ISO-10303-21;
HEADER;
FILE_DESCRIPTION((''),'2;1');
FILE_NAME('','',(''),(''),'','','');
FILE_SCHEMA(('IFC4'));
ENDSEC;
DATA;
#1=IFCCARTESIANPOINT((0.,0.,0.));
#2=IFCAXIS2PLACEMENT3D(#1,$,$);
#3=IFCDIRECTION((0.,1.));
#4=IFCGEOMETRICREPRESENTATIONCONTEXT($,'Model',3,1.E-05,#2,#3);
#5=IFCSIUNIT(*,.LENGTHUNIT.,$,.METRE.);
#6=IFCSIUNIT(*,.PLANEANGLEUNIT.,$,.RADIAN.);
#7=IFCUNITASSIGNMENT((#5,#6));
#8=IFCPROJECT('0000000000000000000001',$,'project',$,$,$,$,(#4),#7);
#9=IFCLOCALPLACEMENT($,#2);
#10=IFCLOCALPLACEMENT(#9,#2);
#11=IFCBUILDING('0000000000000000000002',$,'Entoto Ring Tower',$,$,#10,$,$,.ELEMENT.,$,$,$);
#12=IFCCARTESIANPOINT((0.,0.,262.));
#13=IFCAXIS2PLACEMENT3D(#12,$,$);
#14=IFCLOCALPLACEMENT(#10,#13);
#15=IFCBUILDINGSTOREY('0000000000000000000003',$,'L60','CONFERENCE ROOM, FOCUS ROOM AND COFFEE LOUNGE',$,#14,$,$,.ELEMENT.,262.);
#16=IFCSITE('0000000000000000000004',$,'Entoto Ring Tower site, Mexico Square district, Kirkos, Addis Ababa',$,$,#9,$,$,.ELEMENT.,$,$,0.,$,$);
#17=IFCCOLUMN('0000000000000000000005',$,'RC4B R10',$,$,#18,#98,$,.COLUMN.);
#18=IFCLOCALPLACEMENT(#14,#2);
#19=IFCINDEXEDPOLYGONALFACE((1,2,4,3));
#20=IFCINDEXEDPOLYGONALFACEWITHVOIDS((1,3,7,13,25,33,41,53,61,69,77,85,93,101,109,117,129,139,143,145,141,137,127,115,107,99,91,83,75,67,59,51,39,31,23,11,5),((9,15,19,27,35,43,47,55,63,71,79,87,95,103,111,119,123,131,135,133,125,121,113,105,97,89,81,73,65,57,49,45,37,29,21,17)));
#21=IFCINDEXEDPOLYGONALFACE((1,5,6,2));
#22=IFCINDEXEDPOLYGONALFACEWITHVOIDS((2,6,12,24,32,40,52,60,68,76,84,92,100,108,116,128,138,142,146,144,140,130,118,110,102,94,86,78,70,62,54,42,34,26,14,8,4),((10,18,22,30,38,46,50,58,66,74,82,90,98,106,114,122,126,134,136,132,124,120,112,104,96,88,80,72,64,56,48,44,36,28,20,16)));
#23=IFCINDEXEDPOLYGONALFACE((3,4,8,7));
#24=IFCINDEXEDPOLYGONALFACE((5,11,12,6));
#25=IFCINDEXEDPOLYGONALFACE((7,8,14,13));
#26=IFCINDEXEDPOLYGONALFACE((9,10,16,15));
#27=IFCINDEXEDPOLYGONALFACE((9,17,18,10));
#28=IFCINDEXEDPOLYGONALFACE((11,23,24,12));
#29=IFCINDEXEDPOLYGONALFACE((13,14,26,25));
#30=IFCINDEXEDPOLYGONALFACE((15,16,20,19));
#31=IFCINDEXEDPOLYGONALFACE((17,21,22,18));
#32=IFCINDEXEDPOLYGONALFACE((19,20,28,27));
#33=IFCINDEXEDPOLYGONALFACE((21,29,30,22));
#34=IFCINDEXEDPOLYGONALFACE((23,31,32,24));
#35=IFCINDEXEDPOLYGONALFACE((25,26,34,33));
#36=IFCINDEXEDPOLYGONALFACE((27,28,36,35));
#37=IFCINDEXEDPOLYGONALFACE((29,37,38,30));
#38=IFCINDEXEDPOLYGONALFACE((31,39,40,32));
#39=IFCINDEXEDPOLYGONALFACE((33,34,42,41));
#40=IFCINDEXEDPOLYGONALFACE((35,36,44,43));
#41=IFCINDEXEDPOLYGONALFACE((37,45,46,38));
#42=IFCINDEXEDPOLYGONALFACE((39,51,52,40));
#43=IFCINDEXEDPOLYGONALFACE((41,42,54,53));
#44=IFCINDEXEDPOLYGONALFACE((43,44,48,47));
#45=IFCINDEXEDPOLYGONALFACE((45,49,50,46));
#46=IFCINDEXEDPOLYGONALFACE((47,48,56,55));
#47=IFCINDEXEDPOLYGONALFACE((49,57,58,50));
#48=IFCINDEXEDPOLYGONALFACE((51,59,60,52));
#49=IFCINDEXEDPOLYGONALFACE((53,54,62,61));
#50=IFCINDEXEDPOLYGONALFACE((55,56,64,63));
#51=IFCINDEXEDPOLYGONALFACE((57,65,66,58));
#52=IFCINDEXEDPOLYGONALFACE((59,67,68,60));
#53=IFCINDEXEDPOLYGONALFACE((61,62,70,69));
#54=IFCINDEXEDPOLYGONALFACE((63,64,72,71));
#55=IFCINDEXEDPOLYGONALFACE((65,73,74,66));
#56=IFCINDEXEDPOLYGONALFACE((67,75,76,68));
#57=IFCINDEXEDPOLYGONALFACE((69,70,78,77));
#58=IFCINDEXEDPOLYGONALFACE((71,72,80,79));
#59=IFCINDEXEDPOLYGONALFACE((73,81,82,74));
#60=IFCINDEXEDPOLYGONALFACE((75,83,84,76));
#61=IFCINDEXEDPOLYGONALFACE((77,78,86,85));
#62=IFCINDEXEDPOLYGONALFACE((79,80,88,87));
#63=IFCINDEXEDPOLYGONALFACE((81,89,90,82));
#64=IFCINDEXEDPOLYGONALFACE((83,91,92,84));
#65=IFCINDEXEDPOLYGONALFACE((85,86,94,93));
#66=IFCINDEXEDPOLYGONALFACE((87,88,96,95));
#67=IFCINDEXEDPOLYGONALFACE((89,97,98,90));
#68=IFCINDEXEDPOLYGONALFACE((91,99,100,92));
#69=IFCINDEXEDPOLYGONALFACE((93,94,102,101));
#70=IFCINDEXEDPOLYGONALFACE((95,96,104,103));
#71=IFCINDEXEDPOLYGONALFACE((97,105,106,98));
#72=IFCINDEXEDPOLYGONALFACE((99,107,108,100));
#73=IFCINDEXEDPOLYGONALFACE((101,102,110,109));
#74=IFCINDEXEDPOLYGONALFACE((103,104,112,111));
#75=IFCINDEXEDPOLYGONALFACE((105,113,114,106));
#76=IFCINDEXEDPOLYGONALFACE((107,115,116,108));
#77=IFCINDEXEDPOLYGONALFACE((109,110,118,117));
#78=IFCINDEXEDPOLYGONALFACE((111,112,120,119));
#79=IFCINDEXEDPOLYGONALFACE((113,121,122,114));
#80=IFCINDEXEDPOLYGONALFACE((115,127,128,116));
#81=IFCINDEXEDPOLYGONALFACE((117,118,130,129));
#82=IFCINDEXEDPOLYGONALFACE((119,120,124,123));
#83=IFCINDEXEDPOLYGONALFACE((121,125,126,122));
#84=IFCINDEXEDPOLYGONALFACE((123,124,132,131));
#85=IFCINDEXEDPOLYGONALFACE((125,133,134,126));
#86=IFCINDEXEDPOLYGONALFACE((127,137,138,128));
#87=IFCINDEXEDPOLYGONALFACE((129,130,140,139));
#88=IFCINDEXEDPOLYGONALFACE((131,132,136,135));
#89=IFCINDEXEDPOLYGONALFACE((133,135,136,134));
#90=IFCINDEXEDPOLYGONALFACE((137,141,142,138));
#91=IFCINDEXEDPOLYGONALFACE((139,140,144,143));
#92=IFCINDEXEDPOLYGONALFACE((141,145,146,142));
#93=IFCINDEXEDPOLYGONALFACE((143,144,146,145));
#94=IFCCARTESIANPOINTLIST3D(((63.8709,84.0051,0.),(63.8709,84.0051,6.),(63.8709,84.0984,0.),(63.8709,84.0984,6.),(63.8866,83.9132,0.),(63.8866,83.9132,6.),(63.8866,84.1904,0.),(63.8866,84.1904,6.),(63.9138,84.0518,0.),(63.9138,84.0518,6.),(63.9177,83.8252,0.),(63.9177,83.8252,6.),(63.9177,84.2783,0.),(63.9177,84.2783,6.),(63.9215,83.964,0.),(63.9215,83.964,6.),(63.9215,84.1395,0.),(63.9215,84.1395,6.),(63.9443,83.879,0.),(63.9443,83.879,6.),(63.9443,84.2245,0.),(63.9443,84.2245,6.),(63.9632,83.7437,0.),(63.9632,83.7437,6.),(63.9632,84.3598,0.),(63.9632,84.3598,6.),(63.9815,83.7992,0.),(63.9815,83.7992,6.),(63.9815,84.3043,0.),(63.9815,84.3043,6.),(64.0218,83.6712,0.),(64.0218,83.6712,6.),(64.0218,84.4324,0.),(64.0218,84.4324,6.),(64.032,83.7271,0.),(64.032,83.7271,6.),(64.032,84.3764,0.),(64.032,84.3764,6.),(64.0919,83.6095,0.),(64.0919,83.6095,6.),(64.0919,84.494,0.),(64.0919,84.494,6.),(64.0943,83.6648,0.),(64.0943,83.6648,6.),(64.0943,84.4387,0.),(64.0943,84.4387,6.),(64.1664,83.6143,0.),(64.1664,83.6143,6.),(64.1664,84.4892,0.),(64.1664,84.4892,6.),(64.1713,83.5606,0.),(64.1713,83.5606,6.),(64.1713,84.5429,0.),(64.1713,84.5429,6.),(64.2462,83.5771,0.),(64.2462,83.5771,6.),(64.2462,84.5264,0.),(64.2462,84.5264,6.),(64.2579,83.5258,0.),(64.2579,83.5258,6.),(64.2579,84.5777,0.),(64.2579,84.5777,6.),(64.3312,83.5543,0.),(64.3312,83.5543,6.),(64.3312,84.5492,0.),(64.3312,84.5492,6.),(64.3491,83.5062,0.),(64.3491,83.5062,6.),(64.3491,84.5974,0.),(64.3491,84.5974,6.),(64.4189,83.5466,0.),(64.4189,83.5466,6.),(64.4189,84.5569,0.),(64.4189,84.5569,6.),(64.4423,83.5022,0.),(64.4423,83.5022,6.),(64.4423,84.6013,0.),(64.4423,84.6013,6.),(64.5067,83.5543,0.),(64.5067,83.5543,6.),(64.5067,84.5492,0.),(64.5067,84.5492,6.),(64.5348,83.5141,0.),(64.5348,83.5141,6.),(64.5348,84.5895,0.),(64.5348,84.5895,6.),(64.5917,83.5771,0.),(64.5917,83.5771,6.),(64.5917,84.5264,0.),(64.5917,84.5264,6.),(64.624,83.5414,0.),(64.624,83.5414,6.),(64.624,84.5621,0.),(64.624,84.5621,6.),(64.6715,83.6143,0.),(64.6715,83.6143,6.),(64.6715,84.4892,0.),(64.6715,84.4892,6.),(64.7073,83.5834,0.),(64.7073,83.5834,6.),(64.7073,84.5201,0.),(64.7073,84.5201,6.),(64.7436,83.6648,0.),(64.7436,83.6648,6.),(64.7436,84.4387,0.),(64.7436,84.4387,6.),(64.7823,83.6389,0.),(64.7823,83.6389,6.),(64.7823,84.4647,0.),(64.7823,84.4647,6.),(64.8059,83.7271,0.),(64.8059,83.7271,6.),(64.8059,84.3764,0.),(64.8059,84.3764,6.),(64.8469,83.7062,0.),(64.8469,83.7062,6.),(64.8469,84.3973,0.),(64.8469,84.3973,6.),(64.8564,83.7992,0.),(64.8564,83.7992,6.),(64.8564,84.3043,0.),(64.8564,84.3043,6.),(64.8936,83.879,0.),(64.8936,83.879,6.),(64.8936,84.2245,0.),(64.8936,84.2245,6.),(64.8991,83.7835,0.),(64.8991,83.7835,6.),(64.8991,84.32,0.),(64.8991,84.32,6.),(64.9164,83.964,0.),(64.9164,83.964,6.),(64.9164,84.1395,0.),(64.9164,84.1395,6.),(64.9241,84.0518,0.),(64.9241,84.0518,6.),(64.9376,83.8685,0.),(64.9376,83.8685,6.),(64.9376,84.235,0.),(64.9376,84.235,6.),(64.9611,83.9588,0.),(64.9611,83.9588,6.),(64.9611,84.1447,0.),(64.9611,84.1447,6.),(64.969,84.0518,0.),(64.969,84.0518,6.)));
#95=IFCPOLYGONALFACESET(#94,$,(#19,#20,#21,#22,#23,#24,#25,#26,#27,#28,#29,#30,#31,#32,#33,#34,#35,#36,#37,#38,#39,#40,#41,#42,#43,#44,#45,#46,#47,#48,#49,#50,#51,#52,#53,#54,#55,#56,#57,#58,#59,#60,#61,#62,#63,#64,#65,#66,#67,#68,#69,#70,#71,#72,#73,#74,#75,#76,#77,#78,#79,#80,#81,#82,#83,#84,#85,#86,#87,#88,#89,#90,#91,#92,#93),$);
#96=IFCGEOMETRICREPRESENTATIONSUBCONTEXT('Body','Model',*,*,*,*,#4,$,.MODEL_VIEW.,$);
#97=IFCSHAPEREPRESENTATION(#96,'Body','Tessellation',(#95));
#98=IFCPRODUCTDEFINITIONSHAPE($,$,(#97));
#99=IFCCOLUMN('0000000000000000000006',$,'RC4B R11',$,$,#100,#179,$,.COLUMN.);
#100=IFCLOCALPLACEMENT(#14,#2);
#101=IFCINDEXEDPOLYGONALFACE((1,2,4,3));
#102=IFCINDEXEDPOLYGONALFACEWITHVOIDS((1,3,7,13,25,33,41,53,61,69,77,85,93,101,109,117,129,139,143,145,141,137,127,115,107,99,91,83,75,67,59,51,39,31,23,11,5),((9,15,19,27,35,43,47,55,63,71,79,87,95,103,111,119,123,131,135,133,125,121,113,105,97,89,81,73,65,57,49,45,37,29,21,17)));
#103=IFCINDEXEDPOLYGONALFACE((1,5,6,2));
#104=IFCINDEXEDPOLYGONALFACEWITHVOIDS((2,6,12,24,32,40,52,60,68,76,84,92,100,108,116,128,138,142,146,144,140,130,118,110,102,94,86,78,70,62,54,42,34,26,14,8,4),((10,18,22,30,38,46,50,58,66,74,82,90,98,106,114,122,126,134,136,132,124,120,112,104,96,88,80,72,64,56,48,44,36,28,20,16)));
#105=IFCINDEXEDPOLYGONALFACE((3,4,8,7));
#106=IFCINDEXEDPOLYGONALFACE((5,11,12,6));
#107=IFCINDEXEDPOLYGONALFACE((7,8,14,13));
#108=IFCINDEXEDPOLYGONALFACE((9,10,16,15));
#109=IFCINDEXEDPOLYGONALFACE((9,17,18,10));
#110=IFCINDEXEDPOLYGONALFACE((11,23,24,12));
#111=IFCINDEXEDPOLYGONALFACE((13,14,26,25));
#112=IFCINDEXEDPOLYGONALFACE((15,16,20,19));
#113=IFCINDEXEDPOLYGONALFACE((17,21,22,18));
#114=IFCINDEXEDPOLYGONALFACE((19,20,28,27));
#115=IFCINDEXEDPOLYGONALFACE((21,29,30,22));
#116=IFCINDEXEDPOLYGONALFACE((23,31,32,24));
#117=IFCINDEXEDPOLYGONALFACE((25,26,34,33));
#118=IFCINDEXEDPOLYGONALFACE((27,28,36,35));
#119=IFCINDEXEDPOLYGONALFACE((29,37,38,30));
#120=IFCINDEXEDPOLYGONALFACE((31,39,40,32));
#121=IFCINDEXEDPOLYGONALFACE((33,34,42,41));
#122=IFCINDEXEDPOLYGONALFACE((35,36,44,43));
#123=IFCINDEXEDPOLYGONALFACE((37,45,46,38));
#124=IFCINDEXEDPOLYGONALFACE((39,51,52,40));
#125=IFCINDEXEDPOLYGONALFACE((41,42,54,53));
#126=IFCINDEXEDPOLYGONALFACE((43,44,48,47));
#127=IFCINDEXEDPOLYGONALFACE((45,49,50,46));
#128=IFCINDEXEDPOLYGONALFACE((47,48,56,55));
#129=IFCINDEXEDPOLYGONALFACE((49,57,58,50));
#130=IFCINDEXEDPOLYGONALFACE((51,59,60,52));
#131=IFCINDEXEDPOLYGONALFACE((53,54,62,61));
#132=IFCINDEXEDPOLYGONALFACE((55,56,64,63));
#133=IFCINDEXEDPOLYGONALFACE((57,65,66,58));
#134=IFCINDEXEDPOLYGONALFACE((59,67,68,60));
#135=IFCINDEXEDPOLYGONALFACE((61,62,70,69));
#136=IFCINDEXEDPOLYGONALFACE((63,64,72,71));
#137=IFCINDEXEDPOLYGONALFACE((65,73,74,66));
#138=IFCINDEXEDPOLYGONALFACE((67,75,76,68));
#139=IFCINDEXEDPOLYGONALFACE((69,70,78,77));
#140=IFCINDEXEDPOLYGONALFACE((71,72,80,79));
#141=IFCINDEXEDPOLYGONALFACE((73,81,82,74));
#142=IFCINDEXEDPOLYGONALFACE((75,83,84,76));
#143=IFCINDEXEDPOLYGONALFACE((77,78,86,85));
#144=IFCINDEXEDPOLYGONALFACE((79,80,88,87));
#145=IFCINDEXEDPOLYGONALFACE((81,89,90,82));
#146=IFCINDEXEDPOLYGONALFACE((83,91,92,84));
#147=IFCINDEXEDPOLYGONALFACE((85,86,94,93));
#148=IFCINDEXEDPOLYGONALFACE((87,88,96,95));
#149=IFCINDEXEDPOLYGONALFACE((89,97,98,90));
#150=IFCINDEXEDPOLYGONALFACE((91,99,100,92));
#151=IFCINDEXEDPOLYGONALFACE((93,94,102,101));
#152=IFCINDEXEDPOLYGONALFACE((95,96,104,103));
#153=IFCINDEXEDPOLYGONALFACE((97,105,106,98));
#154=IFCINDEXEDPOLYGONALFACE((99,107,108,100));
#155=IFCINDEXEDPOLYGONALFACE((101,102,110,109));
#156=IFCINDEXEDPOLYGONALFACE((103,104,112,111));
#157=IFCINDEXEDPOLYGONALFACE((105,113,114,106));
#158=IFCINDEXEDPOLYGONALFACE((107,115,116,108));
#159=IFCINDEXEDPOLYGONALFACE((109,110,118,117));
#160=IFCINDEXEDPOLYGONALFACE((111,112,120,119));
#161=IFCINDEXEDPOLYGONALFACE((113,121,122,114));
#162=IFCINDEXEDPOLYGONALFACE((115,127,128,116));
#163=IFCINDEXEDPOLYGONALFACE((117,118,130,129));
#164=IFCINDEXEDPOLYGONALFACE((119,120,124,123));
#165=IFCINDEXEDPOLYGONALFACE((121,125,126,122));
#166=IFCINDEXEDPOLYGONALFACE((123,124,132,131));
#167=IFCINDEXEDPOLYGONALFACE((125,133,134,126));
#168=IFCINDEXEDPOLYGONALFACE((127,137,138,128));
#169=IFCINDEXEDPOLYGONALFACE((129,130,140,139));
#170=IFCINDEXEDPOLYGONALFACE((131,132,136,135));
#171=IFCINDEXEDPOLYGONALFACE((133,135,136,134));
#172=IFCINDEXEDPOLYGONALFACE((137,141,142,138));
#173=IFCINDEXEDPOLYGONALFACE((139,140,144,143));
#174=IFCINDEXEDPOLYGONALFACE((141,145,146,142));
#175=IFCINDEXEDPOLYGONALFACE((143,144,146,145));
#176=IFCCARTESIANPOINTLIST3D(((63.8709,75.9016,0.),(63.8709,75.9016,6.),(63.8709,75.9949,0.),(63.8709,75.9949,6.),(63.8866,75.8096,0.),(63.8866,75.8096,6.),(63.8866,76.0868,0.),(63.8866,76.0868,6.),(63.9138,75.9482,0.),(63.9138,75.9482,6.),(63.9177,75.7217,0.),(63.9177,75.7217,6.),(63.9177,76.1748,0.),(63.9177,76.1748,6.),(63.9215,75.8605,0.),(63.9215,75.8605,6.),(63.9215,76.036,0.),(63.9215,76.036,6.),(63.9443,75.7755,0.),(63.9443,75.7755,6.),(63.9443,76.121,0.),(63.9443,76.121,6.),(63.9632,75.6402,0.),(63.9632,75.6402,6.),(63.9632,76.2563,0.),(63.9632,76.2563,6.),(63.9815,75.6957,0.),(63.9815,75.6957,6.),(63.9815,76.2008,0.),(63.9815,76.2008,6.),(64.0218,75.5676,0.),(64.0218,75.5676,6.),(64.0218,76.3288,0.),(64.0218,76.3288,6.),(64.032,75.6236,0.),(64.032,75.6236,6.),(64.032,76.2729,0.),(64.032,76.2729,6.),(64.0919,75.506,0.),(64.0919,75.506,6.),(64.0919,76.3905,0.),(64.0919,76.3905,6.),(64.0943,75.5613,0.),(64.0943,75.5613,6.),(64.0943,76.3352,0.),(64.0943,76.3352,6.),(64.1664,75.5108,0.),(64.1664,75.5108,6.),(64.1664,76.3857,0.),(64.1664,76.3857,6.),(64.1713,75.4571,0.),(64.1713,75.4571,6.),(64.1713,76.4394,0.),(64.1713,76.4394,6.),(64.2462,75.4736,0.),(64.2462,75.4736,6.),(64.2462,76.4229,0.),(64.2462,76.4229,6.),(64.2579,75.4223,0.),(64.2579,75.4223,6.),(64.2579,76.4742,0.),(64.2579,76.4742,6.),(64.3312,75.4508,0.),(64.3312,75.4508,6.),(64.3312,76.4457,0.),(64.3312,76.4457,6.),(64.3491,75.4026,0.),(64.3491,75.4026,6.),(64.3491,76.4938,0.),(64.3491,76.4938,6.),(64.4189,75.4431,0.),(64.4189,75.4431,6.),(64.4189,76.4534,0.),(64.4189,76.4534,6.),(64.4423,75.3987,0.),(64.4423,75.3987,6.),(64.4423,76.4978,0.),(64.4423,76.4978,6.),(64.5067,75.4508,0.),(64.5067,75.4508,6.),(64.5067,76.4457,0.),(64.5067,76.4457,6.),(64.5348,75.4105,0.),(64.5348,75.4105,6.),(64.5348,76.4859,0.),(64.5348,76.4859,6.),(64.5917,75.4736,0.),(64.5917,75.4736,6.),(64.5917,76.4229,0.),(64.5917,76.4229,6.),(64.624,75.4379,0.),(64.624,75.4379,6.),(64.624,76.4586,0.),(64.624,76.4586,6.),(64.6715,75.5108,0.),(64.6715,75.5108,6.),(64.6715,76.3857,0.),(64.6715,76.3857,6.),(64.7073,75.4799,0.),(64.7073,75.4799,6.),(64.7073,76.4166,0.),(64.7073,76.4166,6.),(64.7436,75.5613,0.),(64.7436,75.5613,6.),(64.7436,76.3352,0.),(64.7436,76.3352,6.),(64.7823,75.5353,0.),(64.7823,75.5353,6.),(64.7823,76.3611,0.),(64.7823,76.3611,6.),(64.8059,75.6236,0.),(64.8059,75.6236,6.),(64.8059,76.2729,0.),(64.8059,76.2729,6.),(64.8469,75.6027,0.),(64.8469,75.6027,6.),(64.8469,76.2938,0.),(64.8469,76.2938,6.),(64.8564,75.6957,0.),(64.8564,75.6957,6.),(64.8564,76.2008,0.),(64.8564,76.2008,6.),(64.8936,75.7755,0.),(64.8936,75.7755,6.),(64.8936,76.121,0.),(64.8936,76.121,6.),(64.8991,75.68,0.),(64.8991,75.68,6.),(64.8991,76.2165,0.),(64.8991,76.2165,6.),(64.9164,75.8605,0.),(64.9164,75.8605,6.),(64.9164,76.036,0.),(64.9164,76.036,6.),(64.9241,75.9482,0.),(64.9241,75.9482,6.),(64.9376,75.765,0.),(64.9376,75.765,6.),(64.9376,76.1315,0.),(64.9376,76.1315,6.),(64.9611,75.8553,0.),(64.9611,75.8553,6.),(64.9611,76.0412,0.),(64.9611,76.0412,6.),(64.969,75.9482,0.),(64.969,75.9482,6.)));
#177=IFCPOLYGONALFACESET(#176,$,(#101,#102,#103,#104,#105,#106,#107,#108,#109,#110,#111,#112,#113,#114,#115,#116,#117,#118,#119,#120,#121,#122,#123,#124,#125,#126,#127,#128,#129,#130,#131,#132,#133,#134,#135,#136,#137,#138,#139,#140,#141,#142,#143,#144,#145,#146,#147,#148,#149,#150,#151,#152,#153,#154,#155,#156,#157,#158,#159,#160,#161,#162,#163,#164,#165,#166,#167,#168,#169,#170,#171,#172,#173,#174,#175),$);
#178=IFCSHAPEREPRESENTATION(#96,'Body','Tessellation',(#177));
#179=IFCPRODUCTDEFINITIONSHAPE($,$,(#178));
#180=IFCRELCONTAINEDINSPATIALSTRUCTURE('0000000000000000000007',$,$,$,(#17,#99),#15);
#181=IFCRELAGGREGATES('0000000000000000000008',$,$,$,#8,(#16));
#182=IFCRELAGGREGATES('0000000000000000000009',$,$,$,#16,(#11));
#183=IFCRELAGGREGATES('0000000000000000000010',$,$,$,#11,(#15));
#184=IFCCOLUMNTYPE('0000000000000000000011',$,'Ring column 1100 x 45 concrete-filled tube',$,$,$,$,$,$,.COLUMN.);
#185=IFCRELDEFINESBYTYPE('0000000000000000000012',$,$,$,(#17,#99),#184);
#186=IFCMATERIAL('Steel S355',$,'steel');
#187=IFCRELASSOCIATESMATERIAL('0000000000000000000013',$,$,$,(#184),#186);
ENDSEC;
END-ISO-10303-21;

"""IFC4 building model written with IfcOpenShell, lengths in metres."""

from ifc_helpers import new_model, si_unit, direction, frame, origin, origin_2d, place, context, subcontext, project, spatial, circle, hollow_circle, extrude, material, material_profile, profile_set, type_object, element, save


model = new_model("IFC4")

# Units and contexts
model_context = context("Model", 3, precision=1e-05, world=origin(), true_north=direction((0.0, 1.0)))
body_context = subcontext(model_context, "Body", "Model", "MODEL_VIEW")
ifc_project = project(units=[si_unit("LENGTHUNIT", "METRE"), si_unit("PLANEANGLEUNIT", "RADIAN")], contexts=[model_context])

# Site, building, storey
site_placement = place(None, origin())
site = spatial("IfcSite", under=ifc_project, at=site_placement, Name="Entoto Ring Tower site, Mexico Square district, Kirkos, Addis Ababa", CompositionType="ELEMENT", RefElevation=0.0)
building_placement = place(site_placement, origin())
building = spatial("IfcBuilding", under=site, at=building_placement, Name="Entoto Ring Tower", CompositionType="ELEMENT")
storey_placement = place(building_placement, frame((0.0, 0.0, 262.0)))
storey = spatial("IfcBuildingStorey", under=building, at=storey_placement, Name="L60", Description="CONFERENCE ROOM, FOCUS ROOM AND COFFEE LOUNGE", CompositionType="ELEMENT", Elevation=262.0)

# Columns
ifc_material_1 = material(Name="Steel S355", Category="steel")
ifc_material_profile_1 = material_profile(ifc_material_1, hollow_circle(Radius=0.55, WallThickness=0.0449, at=origin_2d()), Name="CHS 1100 x 45")
ifc_material_2 = material(Name="Concrete C60/75", Category="concrete")
ifc_material_profile_2 = material_profile(ifc_material_2, circle(Radius=0.5049, at=origin_2d()), Name="Concrete C60/75 infill")
ifc_profile_set_1 = profile_set([ifc_material_profile_1, ifc_material_profile_2], Name="Steel S355")
column_type = type_object("IfcColumnType", Name="Ring column 1100 x 45 concrete-filled tube", PredefinedType="COLUMN", material=ifc_profile_set_1)
for number, where, z_axis, x_axis, name in (
    (1, (64.4189, 84.0518, 0.0), (0.0, 0.0, 1.0), (1.0, 0.0, 0.0), "RC4B R10"),
    (2, (64.4189, 75.9482, 0.0), (0.0, 0.0, 1.0), (1.0, 0.0, 0.0), "RC4B R11"),
):
    element("IfcColumn", number, at=place(storey_placement, frame(where, z_axis=z_axis, x_axis=x_axis)), inside=storey, type_object=column_type, Name=name, PredefinedType="COLUMN", context=body_context, shape_type="SweptSolid", body=[
        extrude(hollow_circle(Radius=0.55, WallThickness=0.0449, at=origin_2d()), origin(), (0.0, 0.0, 1.0), 6.0),
    ])

save(model, "model.ifc")
